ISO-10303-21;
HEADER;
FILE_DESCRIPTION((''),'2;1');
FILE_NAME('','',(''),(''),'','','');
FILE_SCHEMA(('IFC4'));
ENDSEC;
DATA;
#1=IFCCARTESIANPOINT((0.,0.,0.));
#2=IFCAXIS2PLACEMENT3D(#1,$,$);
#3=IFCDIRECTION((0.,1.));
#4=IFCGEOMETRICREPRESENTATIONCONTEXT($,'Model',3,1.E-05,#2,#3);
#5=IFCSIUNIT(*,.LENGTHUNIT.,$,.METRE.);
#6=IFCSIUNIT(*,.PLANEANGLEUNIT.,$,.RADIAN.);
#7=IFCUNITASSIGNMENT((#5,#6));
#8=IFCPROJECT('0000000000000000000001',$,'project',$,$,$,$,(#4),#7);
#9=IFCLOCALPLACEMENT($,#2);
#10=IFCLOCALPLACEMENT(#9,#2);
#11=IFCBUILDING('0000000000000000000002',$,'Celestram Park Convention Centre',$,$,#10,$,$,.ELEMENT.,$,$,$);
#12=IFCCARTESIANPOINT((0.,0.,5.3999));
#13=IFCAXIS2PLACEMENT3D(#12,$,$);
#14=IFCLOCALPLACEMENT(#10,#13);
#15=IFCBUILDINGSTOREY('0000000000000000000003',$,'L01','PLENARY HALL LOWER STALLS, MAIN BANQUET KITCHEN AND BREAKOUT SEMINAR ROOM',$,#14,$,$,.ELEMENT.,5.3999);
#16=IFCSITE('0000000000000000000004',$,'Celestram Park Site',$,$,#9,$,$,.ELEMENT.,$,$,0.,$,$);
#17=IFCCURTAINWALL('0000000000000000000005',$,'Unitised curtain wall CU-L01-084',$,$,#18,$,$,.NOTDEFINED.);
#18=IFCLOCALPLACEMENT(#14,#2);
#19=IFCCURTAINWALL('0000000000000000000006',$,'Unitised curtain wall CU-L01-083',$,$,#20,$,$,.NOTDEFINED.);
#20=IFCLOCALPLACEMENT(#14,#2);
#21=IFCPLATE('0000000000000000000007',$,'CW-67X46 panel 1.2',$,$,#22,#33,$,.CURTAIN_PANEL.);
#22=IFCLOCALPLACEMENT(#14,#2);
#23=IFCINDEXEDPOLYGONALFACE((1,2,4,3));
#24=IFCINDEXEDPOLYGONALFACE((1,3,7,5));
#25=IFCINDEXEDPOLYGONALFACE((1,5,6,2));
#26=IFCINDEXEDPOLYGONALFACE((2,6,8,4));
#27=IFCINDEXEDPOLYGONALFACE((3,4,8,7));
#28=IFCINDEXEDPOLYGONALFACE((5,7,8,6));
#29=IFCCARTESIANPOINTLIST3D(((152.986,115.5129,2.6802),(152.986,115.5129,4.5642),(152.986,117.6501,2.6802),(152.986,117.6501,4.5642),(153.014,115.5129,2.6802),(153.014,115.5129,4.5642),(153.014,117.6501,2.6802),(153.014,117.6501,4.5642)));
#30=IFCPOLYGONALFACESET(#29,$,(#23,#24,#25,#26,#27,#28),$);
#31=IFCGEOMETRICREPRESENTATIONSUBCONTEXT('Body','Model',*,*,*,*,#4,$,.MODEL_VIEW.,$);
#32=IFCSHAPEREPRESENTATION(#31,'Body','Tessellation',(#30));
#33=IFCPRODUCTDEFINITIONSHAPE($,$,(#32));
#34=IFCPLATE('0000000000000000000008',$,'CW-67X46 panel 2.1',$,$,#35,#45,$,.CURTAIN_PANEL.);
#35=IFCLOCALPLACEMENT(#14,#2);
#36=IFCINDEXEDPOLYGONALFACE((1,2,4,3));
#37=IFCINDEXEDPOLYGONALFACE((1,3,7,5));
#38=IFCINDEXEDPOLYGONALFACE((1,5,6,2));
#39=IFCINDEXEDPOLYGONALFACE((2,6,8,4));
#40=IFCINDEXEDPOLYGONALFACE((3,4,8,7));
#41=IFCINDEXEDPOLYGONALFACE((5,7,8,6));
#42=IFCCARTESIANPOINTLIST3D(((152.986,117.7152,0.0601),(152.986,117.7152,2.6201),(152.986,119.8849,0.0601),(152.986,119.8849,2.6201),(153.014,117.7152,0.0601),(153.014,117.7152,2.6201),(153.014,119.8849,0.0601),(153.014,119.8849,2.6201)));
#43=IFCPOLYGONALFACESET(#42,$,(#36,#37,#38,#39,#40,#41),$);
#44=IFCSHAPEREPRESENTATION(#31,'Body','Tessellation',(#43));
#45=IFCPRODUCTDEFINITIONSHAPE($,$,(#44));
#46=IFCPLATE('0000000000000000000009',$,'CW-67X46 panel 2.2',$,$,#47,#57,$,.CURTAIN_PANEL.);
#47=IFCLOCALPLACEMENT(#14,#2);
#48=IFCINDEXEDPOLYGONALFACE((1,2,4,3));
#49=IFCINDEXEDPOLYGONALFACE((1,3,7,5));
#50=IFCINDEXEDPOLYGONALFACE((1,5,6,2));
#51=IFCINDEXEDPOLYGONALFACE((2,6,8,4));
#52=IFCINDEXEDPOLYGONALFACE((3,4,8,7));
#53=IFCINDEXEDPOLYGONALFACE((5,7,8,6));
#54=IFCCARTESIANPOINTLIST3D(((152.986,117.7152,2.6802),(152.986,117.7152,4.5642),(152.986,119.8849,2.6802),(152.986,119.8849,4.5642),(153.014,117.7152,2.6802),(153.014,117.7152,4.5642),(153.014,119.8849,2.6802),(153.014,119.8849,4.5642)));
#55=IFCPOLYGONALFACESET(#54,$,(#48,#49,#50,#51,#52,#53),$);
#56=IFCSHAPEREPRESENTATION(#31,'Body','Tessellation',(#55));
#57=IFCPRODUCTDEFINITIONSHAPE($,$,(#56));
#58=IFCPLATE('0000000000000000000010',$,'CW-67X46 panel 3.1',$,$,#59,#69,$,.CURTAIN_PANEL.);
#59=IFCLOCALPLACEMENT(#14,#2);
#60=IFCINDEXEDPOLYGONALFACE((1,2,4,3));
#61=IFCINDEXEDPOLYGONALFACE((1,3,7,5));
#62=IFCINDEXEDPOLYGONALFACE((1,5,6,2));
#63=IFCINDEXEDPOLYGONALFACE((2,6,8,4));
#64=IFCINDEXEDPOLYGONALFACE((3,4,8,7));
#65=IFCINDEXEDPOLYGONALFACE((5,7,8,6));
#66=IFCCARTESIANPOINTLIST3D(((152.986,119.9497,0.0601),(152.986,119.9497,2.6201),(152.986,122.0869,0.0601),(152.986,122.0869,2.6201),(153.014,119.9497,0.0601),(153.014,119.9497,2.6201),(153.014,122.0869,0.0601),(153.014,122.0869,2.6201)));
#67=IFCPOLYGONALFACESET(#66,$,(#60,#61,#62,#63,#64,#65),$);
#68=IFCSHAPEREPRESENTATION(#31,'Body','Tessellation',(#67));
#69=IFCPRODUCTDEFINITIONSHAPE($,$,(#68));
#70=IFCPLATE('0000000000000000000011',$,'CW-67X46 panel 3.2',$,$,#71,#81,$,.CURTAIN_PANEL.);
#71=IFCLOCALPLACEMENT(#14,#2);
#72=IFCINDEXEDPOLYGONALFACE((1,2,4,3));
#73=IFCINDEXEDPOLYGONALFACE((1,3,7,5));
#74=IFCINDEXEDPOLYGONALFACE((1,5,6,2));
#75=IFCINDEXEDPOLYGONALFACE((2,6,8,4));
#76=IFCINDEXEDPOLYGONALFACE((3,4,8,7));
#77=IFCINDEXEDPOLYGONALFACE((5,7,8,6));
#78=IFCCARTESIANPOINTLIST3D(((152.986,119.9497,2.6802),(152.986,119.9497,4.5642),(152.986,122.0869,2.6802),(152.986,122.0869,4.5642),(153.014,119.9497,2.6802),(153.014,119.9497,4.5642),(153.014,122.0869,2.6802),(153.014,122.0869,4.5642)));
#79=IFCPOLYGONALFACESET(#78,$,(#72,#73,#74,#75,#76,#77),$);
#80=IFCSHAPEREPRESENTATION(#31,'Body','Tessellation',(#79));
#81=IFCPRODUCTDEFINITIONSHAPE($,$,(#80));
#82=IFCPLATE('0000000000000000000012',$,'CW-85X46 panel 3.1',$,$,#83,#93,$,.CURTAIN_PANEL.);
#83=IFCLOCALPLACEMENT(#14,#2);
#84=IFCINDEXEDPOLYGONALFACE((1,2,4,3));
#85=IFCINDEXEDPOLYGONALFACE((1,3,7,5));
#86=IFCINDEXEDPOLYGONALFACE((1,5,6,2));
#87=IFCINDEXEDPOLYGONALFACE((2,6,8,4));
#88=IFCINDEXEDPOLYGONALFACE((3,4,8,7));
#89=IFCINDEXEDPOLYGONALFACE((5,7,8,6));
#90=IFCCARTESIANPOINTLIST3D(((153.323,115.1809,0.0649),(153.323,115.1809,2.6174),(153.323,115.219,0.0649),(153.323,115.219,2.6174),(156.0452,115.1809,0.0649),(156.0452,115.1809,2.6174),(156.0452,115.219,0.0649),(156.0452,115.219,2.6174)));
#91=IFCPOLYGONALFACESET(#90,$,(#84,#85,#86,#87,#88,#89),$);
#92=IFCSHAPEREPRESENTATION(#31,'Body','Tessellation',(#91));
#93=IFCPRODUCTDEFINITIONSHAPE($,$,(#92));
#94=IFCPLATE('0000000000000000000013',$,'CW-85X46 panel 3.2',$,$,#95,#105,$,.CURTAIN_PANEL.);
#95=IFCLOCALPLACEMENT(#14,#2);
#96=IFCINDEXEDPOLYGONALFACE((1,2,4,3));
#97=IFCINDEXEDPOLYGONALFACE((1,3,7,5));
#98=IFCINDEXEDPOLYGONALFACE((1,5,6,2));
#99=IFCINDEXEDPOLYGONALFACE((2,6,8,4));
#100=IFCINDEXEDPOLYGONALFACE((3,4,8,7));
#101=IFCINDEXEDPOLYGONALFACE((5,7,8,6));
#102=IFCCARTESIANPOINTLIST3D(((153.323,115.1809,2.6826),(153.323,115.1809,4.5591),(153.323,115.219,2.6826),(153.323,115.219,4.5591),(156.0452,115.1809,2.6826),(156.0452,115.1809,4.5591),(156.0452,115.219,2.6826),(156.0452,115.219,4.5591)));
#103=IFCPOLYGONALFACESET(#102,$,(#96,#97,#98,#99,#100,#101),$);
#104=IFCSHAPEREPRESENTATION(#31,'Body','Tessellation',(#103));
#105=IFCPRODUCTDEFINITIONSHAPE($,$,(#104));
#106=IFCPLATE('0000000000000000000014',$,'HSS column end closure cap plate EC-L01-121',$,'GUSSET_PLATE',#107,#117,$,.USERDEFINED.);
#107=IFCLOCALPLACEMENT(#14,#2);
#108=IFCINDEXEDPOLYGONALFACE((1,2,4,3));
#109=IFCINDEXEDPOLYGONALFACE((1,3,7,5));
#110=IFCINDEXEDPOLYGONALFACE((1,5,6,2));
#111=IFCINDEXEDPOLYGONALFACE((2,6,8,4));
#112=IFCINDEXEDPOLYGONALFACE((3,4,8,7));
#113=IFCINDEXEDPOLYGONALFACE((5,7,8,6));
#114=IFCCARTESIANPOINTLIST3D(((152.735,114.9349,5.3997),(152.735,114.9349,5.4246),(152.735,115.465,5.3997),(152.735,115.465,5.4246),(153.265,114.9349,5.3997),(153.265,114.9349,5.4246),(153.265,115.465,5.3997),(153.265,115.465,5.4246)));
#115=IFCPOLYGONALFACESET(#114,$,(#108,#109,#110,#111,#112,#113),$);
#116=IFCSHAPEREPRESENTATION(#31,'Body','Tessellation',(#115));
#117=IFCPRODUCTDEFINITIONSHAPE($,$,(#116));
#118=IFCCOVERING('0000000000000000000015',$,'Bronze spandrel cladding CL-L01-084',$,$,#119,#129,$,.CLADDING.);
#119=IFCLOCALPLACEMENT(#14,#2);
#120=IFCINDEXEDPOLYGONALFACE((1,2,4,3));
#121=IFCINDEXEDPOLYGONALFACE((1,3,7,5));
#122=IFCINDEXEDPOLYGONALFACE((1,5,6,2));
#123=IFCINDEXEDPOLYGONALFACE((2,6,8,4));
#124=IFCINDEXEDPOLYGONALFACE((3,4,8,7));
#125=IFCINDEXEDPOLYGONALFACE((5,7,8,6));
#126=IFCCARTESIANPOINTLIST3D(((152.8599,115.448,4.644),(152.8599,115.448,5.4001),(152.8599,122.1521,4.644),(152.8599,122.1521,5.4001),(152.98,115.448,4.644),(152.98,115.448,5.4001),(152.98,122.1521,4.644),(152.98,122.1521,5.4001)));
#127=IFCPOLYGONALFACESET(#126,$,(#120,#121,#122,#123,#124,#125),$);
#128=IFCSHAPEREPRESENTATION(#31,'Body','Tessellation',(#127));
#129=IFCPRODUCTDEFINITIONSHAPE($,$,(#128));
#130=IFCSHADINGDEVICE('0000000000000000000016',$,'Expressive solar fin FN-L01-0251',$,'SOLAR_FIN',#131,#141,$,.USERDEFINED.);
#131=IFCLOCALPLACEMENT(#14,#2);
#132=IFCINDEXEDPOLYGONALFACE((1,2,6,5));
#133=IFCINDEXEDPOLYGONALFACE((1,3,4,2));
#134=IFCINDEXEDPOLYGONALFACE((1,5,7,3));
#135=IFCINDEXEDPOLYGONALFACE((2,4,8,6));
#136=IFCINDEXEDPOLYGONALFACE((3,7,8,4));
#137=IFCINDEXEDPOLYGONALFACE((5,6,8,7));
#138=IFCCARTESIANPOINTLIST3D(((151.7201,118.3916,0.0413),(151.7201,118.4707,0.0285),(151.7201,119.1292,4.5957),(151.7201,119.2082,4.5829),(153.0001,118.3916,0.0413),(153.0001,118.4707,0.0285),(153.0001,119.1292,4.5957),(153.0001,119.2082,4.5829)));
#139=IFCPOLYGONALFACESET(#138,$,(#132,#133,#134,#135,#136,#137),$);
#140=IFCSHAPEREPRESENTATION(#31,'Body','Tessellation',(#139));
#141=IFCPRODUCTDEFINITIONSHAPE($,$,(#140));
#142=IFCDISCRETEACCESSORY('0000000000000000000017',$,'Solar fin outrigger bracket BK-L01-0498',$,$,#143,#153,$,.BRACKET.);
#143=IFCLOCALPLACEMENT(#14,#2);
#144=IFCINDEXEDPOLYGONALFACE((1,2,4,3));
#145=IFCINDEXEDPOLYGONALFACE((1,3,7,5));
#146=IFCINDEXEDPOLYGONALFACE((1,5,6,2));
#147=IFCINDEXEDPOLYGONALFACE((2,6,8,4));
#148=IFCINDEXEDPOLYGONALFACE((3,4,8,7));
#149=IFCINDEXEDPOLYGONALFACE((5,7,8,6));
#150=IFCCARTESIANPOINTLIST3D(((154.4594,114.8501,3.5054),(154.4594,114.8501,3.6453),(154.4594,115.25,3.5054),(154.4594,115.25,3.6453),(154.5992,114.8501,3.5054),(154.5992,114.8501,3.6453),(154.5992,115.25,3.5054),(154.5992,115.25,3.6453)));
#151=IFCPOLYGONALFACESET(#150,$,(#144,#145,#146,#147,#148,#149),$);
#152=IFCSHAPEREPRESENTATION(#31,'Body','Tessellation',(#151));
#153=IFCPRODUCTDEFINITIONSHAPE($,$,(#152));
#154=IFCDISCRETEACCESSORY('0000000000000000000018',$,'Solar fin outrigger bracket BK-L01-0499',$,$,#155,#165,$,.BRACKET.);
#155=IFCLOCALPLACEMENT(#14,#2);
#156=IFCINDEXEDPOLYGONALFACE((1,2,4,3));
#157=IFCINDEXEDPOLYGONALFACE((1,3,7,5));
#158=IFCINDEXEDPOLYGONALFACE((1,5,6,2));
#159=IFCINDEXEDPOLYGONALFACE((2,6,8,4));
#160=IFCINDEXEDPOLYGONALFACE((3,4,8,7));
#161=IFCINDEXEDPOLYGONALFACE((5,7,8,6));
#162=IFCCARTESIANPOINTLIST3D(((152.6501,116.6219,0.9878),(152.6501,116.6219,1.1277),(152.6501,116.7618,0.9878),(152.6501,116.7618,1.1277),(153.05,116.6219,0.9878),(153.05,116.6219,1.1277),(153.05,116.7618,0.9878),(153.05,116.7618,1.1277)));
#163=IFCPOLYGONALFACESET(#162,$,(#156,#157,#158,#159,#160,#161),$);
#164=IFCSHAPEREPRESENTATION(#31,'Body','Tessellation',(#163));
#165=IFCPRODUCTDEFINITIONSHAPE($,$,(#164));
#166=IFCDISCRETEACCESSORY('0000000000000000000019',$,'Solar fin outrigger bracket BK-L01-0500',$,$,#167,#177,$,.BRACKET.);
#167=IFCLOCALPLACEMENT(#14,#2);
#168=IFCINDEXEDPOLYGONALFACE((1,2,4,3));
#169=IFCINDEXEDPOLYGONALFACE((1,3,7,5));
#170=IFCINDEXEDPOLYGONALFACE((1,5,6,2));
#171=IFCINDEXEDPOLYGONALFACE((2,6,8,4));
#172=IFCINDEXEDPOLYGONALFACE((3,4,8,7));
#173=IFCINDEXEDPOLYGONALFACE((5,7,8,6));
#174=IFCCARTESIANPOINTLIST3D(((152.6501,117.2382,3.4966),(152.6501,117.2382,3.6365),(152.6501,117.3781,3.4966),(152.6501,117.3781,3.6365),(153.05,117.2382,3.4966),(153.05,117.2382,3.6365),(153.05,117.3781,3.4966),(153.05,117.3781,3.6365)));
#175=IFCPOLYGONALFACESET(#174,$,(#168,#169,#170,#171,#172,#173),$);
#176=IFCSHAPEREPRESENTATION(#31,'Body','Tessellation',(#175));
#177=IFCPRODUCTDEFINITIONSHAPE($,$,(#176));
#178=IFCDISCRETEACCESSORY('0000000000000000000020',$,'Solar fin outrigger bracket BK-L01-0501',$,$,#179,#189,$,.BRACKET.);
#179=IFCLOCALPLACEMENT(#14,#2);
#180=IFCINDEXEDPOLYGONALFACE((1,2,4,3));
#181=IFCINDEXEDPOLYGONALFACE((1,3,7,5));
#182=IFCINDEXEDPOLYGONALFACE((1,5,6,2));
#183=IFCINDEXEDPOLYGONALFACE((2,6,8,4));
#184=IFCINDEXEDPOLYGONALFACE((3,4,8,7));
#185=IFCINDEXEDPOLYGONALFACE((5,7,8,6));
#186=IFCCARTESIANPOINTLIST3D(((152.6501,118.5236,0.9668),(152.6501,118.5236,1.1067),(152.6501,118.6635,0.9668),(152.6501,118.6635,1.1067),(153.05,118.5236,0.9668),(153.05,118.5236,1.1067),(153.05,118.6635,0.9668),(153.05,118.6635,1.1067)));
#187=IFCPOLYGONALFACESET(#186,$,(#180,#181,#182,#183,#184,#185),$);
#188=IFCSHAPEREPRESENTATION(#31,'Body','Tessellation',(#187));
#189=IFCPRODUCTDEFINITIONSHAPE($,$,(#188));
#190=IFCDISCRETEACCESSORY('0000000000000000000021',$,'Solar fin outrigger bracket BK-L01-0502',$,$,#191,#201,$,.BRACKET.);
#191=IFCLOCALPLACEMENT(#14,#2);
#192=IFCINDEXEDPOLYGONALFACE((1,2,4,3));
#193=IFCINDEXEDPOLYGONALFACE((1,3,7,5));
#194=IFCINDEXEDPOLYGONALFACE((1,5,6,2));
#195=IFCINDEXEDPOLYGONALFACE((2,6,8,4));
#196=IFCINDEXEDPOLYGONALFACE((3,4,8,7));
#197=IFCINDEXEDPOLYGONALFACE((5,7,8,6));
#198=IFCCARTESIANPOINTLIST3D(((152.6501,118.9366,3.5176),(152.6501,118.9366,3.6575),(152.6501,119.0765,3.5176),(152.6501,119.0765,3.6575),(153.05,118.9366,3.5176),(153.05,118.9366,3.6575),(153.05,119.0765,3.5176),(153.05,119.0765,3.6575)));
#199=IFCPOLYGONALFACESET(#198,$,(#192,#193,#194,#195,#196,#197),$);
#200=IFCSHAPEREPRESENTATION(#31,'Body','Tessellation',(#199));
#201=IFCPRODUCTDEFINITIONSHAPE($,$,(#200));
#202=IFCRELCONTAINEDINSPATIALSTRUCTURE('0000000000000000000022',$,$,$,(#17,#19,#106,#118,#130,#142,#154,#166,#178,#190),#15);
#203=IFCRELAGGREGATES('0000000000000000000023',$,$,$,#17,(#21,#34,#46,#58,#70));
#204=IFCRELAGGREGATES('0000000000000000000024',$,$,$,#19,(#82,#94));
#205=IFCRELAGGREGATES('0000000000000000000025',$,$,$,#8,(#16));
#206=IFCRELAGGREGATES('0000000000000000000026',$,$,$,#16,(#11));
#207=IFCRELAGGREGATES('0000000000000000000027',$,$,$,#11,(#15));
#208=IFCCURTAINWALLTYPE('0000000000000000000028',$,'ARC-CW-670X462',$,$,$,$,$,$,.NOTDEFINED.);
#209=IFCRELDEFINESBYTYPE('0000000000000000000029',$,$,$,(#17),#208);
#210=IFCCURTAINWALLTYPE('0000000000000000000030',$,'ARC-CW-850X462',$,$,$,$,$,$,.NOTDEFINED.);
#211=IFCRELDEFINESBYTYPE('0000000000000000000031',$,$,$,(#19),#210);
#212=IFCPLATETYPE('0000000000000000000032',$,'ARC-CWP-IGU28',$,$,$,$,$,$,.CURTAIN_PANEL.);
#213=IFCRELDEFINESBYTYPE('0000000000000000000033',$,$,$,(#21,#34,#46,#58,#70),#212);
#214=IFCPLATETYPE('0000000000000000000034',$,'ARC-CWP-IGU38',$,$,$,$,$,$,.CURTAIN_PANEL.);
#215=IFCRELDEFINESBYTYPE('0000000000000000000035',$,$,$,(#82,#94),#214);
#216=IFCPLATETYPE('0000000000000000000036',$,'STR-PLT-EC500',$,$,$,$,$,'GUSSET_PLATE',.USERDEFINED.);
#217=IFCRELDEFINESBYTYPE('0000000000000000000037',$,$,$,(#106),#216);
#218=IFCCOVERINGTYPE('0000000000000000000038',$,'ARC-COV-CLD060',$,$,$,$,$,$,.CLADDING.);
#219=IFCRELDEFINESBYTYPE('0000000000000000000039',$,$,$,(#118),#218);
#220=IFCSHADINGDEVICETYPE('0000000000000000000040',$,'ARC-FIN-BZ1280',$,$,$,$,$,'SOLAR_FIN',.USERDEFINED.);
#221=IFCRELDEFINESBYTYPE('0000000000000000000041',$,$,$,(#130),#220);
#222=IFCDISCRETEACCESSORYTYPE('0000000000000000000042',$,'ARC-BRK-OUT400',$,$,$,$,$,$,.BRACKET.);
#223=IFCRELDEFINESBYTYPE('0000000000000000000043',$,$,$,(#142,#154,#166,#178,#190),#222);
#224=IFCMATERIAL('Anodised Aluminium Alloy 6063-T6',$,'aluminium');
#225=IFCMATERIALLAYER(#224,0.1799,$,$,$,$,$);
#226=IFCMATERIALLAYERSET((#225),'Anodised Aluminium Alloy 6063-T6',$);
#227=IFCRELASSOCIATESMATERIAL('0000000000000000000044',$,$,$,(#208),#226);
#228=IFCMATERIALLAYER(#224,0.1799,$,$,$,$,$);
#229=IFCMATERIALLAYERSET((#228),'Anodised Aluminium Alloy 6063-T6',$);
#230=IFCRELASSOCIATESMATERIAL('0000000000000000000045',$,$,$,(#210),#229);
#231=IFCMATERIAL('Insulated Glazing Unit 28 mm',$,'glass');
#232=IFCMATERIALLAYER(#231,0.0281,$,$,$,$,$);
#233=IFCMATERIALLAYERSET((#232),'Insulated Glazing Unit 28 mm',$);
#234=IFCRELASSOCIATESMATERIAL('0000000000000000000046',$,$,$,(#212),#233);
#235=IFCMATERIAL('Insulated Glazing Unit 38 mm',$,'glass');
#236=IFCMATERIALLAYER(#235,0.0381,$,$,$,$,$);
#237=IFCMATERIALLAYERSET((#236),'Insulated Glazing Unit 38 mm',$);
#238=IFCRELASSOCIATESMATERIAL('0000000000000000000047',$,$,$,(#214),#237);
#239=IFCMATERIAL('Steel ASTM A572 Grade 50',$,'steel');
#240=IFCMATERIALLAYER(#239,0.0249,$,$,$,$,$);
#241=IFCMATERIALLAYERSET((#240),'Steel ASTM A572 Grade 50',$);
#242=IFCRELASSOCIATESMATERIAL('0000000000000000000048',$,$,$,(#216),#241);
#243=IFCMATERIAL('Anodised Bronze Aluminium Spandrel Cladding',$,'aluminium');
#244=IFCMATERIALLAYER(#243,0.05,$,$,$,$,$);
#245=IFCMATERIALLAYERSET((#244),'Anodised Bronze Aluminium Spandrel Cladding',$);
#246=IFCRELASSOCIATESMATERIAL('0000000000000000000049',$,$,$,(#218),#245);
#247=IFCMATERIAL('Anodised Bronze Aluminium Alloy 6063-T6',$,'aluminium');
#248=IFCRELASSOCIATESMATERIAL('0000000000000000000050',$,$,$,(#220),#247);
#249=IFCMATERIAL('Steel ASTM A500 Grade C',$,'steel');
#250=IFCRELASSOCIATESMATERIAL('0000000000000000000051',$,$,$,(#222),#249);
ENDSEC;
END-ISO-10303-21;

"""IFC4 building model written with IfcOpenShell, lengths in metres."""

from ifc_helpers import new_model, si_unit, direction, frame, origin, origin_2d, place, context, subcontext, project, spatial, rectangle, extrude, material, layer, layer_set, material_profile, profile_set, type_object, element, aggregate, save


model = new_model("IFC4")

# Units and contexts
model_context = context("Model", 3, precision=1e-05, world=origin(), true_north=direction((0.0, 1.0)))
body_context = subcontext(model_context, "Body", "Model", "MODEL_VIEW")
ifc_project = project(units=[si_unit("LENGTHUNIT", "METRE"), si_unit("PLANEANGLEUNIT", "RADIAN")], contexts=[model_context])

# Site, building, storey
site_placement = place(None, origin())
site = spatial("IfcSite", under=ifc_project, at=site_placement, Name="Celestram Park Site", CompositionType="ELEMENT", RefElevation=0.0)
building_placement = place(site_placement, origin())
building = spatial("IfcBuilding", under=site, at=building_placement, Name="Celestram Park Convention Centre", CompositionType="ELEMENT")
storey_placement = place(building_placement, frame((0.0, 0.0, 5.3999)))
storey = spatial("IfcBuildingStorey", under=building, at=storey_placement, Name="L01", Description="PLENARY HALL LOWER STALLS, MAIN BANQUET KITCHEN AND BREAKOUT SEMINAR ROOM", CompositionType="ELEMENT", Elevation=5.3999)

# Shared definitions
ifc_material_1 = material(Name="Steel ASTM A500 Grade C", Category="steel")

# Curtain wall
ifc_material_2 = material(Name="Anodised Aluminium Alloy 6063-T6", Category="aluminium")
ifc_layer_1 = layer(ifc_material_2, 0.1799)
ifc_layer_set_1 = layer_set([ifc_layer_1], Name="Anodised Aluminium Alloy 6063-T6")
curtain_wall_type_1 = type_object("IfcCurtainWallType", Name="ARC-CW-670X462", PredefinedType="NOTDEFINED", material=ifc_layer_set_1)
curtain_wall_1_placement = place(storey_placement, origin())
curtain_wall_1 = element("IfcCurtainWall", 1, at=curtain_wall_1_placement, inside=storey, type_object=curtain_wall_type_1, Name="Unitised curtain wall CU-L01-084", PredefinedType="NOTDEFINED")

# Curtain wall
ifc_layer_2 = layer(ifc_material_2, 0.1799)
ifc_layer_set_2 = layer_set([ifc_layer_2], Name="Anodised Aluminium Alloy 6063-T6")
curtain_wall_type_2 = type_object("IfcCurtainWallType", Name="ARC-CW-850X462", PredefinedType="NOTDEFINED", material=ifc_layer_set_2)
curtain_wall_2_placement = place(storey_placement, origin())
curtain_wall_2 = element("IfcCurtainWall", 2, at=curtain_wall_2_placement, inside=storey, type_object=curtain_wall_type_2, Name="Unitised curtain wall CU-L01-083", PredefinedType="NOTDEFINED")

# Plates
ifc_material_3 = material(Name="Insulated Glazing Unit 28 mm", Category="glass")
ifc_layer_3 = layer(ifc_material_3, 0.0281)
ifc_layer_set_3 = layer_set([ifc_layer_3], Name="Insulated Glazing Unit 28 mm")
plate_type_1 = type_object("IfcPlateType", Name="ARC-CWP-IGU28", PredefinedType="CURTAIN_PANEL", material=ifc_layer_set_3)
plate_1_placement = place(storey_placement, frame((153.0, 116.5815, 2.6802), z_axis=(0.0, 0.0, 1.0), x_axis=(0.0, 1.0, 0.0)))
plate_1 = element("IfcPlate", 3, at=plate_1_placement, type_object=plate_type_1, Name="CW-67X46 panel 1.2", PredefinedType="CURTAIN_PANEL", context=body_context, shape_type="SweptSolid", body=[
    extrude(rectangle(XDim=2.1372, YDim=0.0281, at=origin_2d()), origin(), (0.0, 0.0, 1.0), 1.884),
])
plate_2_placement = place(storey_placement, frame((153.0, 118.8, 0.0601), z_axis=(0.0, 0.0, 1.0), x_axis=(0.0, 1.0, 0.0)))
plate_2 = element("IfcPlate", 4, at=plate_2_placement, type_object=plate_type_1, Name="CW-67X46 panel 2.1", PredefinedType="CURTAIN_PANEL", context=body_context, shape_type="SweptSolid", body=[
    extrude(rectangle(XDim=2.1697, YDim=0.0281, at=origin_2d()), origin(), (0.0, 0.0, 1.0), 2.5601),
])
plate_3_placement = place(storey_placement, frame((153.0, 118.8, 2.6802), z_axis=(0.0, 0.0, 1.0), x_axis=(0.0, 1.0, 0.0)))
plate_3 = element("IfcPlate", 5, at=plate_3_placement, type_object=plate_type_1, Name="CW-67X46 panel 2.2", PredefinedType="CURTAIN_PANEL", context=body_context, shape_type="SweptSolid", body=[
    extrude(rectangle(XDim=2.1697, YDim=0.0281, at=origin_2d()), origin(), (0.0, 0.0, 1.0), 1.884),
])
plate_4_placement = place(storey_placement, frame((153.0, 121.0183, 0.0601), z_axis=(0.0, 0.0, 1.0), x_axis=(0.0, 1.0, 0.0)))
plate_4 = element("IfcPlate", 6, at=plate_4_placement, type_object=plate_type_1, Name="CW-67X46 panel 3.1", PredefinedType="CURTAIN_PANEL", context=body_context, shape_type="SweptSolid", body=[
    extrude(rectangle(XDim=2.1372, YDim=0.0281, at=origin_2d()), origin(), (0.0, 0.0, 1.0), 2.5601),
])
plate_5_placement = place(storey_placement, frame((153.0, 121.0183, 2.6802), z_axis=(0.0, 0.0, 1.0), x_axis=(0.0, 1.0, 0.0)))
plate_5 = element("IfcPlate", 7, at=plate_5_placement, type_object=plate_type_1, Name="CW-67X46 panel 3.2", PredefinedType="CURTAIN_PANEL", context=body_context, shape_type="SweptSolid", body=[
    extrude(rectangle(XDim=2.1372, YDim=0.0281, at=origin_2d()), origin(), (0.0, 0.0, 1.0), 1.884),
])
aggregate(curtain_wall_1, [plate_1, plate_2, plate_3, plate_4, plate_5])
ifc_material_4 = material(Name="Insulated Glazing Unit 38 mm", Category="glass")
ifc_layer_4 = layer(ifc_material_4, 0.0381)
ifc_layer_set_4 = layer_set([ifc_layer_4], Name="Insulated Glazing Unit 38 mm")
plate_type_2 = type_object("IfcPlateType", Name="ARC-CWP-IGU38", PredefinedType="CURTAIN_PANEL", material=ifc_layer_set_4)
plate_6_placement = place(storey_placement, frame((154.6841, 115.2, 0.0649), z_axis=(0.0, 0.0, 1.0), x_axis=(-1.0, 0.0, 0.0)))
plate_6 = element("IfcPlate", 8, at=plate_6_placement, type_object=plate_type_2, Name="CW-85X46 panel 3.1", PredefinedType="CURTAIN_PANEL", context=body_context, shape_type="SweptSolid", body=[
    extrude(rectangle(XDim=2.7222, YDim=0.0381, at=origin_2d()), origin(), (0.0, 0.0, 1.0), 2.5525),
])
plate_7_placement = place(storey_placement, frame((154.6841, 115.2, 2.6826), z_axis=(0.0, 0.0, 1.0), x_axis=(-1.0, 0.0, 0.0)))
plate_7 = element("IfcPlate", 9, at=plate_7_placement, type_object=plate_type_2, Name="CW-85X46 panel 3.2", PredefinedType="CURTAIN_PANEL", context=body_context, shape_type="SweptSolid", body=[
    extrude(rectangle(XDim=2.7222, YDim=0.0381, at=origin_2d()), origin(), (0.0, 0.0, 1.0), 1.8765),
])
aggregate(curtain_wall_2, [plate_6, plate_7])
ifc_material_5 = material(Name="Steel ASTM A572 Grade 50", Category="steel")
ifc_layer_5 = layer(ifc_material_5, 0.0249)
ifc_layer_set_5 = layer_set([ifc_layer_5], Name="Steel ASTM A572 Grade 50")
plate_type_3 = type_object("IfcPlateType", Name="STR-PLT-EC500", ElementType="GUSSET_PLATE", PredefinedType="USERDEFINED", material=ifc_layer_set_5)
plate_8_placement = place(storey_placement, frame((153.0, 115.2, 5.3997), z_axis=(0.0, 0.0, 1.0), x_axis=(1.0, 0.0, 0.0)))
element("IfcPlate", 10, at=plate_8_placement, inside=storey, type_object=plate_type_3, Name="HSS column end closure cap plate EC-L01-121", ObjectType="GUSSET_PLATE", PredefinedType="USERDEFINED", context=body_context, shape_type="SweptSolid", body=[
    extrude(rectangle(XDim=0.53, YDim=0.53, at=origin_2d()), origin(), (0.0, 0.0, 1.0), 0.0249),
])

# Covering
ifc_material_6 = material(Name="Anodised Bronze Aluminium Spandrel Cladding", Category="aluminium")
ifc_layer_6 = layer(ifc_material_6, 0.05)
ifc_layer_set_6 = layer_set([ifc_layer_6], Name="Anodised Bronze Aluminium Spandrel Cladding")
covering_type = type_object("IfcCoveringType", Name="ARC-COV-CLD060", PredefinedType="CLADDING", material=ifc_layer_set_6)
covering_placement = place(storey_placement, frame((152.9199, 118.8, 4.644), z_axis=(0.0, 0.0, 1.0), x_axis=(0.0, 1.0, 0.0)))
element("IfcCovering", 11, at=covering_placement, inside=storey, type_object=covering_type, Name="Bronze spandrel cladding CL-L01-084", PredefinedType="CLADDING", context=body_context, shape_type="SweptSolid", body=[
    extrude(rectangle(XDim=6.7041, YDim=0.1201, at=origin_2d()), origin(), (0.0, 0.0, 1.0), 0.7561),
])

# Shading device
ifc_material_7 = material(Name="Anodised Bronze Aluminium Alloy 6063-T6", Category="aluminium")
ifc_material_profile_1 = material_profile(ifc_material_7, rectangle(XDim=1.28, YDim=0.0801, at=origin_2d()), Name="FIN1280X80")
ifc_profile_set_1 = profile_set([ifc_material_profile_1], Name="Anodised Bronze Aluminium Alloy 6063-T6")
shading_device_type = type_object("IfcShadingDeviceType", Name="ARC-FIN-BZ1280", ElementType="SOLAR_FIN", PredefinedType="USERDEFINED", material=ifc_profile_set_1)
shading_device_placement = place(storey_placement, frame((152.3601, 118.4312, 0.0349), z_axis=(0.0, 0.159858, 0.98714), x_axis=(-1.0, 0.0, 0.0)))
element("IfcShadingDevice", 12, at=shading_device_placement, inside=storey, type_object=shading_device_type, Name="Expressive solar fin FN-L01-0251", ObjectType="SOLAR_FIN", PredefinedType="USERDEFINED", context=body_context, shape_type="SweptSolid", body=[
    extrude(rectangle(XDim=1.28, YDim=0.0801, at=origin_2d()), origin(), (0.0, 0.0, 1.0), 4.6138),
])

# Discrete accessories
discrete_accessory_type = type_object("IfcDiscreteAccessoryType", Name="ARC-BRK-OUT400", PredefinedType="BRACKET", material=ifc_material_1)
for number, where, z_axis, x_axis, name in (
    (13, (154.5293, 115.05, 3.5054), (0.0, 0.0, 1.0), (0.0, -1.0, 0.0), "Solar fin outrigger bracket BK-L01-0498"),
    (14, (152.8501, 116.6919, 0.9878), (0.0, 0.0, 1.0), (-1.0, 0.0, 0.0), "Solar fin outrigger bracket BK-L01-0499"),
    (15, (152.8501, 117.3081, 3.4966), (0.0, 0.0, 1.0), (-1.0, 0.0, 0.0), "Solar fin outrigger bracket BK-L01-0500"),
    (16, (152.8501, 118.5935, 0.9668), (0.0, 0.0, 1.0), (-1.0, 0.0, 0.0), "Solar fin outrigger bracket BK-L01-0501"),
    (17, (152.8501, 119.0066, 3.5176), (0.0, 0.0, 1.0), (-1.0, 0.0, 0.0), "Solar fin outrigger bracket BK-L01-0502"),
):
    element("IfcDiscreteAccessory", number, at=place(storey_placement, frame(where, z_axis=z_axis, x_axis=x_axis)), inside=storey, type_object=discrete_accessory_type, Name=name, PredefinedType="BRACKET", context=body_context, shape_type="SweptSolid", body=[
        extrude(rectangle(XDim=0.3999, YDim=0.1399, at=origin_2d()), origin(), (0.0, 0.0, 1.0), 0.1399),
    ])

save(model, "model.ifc")
